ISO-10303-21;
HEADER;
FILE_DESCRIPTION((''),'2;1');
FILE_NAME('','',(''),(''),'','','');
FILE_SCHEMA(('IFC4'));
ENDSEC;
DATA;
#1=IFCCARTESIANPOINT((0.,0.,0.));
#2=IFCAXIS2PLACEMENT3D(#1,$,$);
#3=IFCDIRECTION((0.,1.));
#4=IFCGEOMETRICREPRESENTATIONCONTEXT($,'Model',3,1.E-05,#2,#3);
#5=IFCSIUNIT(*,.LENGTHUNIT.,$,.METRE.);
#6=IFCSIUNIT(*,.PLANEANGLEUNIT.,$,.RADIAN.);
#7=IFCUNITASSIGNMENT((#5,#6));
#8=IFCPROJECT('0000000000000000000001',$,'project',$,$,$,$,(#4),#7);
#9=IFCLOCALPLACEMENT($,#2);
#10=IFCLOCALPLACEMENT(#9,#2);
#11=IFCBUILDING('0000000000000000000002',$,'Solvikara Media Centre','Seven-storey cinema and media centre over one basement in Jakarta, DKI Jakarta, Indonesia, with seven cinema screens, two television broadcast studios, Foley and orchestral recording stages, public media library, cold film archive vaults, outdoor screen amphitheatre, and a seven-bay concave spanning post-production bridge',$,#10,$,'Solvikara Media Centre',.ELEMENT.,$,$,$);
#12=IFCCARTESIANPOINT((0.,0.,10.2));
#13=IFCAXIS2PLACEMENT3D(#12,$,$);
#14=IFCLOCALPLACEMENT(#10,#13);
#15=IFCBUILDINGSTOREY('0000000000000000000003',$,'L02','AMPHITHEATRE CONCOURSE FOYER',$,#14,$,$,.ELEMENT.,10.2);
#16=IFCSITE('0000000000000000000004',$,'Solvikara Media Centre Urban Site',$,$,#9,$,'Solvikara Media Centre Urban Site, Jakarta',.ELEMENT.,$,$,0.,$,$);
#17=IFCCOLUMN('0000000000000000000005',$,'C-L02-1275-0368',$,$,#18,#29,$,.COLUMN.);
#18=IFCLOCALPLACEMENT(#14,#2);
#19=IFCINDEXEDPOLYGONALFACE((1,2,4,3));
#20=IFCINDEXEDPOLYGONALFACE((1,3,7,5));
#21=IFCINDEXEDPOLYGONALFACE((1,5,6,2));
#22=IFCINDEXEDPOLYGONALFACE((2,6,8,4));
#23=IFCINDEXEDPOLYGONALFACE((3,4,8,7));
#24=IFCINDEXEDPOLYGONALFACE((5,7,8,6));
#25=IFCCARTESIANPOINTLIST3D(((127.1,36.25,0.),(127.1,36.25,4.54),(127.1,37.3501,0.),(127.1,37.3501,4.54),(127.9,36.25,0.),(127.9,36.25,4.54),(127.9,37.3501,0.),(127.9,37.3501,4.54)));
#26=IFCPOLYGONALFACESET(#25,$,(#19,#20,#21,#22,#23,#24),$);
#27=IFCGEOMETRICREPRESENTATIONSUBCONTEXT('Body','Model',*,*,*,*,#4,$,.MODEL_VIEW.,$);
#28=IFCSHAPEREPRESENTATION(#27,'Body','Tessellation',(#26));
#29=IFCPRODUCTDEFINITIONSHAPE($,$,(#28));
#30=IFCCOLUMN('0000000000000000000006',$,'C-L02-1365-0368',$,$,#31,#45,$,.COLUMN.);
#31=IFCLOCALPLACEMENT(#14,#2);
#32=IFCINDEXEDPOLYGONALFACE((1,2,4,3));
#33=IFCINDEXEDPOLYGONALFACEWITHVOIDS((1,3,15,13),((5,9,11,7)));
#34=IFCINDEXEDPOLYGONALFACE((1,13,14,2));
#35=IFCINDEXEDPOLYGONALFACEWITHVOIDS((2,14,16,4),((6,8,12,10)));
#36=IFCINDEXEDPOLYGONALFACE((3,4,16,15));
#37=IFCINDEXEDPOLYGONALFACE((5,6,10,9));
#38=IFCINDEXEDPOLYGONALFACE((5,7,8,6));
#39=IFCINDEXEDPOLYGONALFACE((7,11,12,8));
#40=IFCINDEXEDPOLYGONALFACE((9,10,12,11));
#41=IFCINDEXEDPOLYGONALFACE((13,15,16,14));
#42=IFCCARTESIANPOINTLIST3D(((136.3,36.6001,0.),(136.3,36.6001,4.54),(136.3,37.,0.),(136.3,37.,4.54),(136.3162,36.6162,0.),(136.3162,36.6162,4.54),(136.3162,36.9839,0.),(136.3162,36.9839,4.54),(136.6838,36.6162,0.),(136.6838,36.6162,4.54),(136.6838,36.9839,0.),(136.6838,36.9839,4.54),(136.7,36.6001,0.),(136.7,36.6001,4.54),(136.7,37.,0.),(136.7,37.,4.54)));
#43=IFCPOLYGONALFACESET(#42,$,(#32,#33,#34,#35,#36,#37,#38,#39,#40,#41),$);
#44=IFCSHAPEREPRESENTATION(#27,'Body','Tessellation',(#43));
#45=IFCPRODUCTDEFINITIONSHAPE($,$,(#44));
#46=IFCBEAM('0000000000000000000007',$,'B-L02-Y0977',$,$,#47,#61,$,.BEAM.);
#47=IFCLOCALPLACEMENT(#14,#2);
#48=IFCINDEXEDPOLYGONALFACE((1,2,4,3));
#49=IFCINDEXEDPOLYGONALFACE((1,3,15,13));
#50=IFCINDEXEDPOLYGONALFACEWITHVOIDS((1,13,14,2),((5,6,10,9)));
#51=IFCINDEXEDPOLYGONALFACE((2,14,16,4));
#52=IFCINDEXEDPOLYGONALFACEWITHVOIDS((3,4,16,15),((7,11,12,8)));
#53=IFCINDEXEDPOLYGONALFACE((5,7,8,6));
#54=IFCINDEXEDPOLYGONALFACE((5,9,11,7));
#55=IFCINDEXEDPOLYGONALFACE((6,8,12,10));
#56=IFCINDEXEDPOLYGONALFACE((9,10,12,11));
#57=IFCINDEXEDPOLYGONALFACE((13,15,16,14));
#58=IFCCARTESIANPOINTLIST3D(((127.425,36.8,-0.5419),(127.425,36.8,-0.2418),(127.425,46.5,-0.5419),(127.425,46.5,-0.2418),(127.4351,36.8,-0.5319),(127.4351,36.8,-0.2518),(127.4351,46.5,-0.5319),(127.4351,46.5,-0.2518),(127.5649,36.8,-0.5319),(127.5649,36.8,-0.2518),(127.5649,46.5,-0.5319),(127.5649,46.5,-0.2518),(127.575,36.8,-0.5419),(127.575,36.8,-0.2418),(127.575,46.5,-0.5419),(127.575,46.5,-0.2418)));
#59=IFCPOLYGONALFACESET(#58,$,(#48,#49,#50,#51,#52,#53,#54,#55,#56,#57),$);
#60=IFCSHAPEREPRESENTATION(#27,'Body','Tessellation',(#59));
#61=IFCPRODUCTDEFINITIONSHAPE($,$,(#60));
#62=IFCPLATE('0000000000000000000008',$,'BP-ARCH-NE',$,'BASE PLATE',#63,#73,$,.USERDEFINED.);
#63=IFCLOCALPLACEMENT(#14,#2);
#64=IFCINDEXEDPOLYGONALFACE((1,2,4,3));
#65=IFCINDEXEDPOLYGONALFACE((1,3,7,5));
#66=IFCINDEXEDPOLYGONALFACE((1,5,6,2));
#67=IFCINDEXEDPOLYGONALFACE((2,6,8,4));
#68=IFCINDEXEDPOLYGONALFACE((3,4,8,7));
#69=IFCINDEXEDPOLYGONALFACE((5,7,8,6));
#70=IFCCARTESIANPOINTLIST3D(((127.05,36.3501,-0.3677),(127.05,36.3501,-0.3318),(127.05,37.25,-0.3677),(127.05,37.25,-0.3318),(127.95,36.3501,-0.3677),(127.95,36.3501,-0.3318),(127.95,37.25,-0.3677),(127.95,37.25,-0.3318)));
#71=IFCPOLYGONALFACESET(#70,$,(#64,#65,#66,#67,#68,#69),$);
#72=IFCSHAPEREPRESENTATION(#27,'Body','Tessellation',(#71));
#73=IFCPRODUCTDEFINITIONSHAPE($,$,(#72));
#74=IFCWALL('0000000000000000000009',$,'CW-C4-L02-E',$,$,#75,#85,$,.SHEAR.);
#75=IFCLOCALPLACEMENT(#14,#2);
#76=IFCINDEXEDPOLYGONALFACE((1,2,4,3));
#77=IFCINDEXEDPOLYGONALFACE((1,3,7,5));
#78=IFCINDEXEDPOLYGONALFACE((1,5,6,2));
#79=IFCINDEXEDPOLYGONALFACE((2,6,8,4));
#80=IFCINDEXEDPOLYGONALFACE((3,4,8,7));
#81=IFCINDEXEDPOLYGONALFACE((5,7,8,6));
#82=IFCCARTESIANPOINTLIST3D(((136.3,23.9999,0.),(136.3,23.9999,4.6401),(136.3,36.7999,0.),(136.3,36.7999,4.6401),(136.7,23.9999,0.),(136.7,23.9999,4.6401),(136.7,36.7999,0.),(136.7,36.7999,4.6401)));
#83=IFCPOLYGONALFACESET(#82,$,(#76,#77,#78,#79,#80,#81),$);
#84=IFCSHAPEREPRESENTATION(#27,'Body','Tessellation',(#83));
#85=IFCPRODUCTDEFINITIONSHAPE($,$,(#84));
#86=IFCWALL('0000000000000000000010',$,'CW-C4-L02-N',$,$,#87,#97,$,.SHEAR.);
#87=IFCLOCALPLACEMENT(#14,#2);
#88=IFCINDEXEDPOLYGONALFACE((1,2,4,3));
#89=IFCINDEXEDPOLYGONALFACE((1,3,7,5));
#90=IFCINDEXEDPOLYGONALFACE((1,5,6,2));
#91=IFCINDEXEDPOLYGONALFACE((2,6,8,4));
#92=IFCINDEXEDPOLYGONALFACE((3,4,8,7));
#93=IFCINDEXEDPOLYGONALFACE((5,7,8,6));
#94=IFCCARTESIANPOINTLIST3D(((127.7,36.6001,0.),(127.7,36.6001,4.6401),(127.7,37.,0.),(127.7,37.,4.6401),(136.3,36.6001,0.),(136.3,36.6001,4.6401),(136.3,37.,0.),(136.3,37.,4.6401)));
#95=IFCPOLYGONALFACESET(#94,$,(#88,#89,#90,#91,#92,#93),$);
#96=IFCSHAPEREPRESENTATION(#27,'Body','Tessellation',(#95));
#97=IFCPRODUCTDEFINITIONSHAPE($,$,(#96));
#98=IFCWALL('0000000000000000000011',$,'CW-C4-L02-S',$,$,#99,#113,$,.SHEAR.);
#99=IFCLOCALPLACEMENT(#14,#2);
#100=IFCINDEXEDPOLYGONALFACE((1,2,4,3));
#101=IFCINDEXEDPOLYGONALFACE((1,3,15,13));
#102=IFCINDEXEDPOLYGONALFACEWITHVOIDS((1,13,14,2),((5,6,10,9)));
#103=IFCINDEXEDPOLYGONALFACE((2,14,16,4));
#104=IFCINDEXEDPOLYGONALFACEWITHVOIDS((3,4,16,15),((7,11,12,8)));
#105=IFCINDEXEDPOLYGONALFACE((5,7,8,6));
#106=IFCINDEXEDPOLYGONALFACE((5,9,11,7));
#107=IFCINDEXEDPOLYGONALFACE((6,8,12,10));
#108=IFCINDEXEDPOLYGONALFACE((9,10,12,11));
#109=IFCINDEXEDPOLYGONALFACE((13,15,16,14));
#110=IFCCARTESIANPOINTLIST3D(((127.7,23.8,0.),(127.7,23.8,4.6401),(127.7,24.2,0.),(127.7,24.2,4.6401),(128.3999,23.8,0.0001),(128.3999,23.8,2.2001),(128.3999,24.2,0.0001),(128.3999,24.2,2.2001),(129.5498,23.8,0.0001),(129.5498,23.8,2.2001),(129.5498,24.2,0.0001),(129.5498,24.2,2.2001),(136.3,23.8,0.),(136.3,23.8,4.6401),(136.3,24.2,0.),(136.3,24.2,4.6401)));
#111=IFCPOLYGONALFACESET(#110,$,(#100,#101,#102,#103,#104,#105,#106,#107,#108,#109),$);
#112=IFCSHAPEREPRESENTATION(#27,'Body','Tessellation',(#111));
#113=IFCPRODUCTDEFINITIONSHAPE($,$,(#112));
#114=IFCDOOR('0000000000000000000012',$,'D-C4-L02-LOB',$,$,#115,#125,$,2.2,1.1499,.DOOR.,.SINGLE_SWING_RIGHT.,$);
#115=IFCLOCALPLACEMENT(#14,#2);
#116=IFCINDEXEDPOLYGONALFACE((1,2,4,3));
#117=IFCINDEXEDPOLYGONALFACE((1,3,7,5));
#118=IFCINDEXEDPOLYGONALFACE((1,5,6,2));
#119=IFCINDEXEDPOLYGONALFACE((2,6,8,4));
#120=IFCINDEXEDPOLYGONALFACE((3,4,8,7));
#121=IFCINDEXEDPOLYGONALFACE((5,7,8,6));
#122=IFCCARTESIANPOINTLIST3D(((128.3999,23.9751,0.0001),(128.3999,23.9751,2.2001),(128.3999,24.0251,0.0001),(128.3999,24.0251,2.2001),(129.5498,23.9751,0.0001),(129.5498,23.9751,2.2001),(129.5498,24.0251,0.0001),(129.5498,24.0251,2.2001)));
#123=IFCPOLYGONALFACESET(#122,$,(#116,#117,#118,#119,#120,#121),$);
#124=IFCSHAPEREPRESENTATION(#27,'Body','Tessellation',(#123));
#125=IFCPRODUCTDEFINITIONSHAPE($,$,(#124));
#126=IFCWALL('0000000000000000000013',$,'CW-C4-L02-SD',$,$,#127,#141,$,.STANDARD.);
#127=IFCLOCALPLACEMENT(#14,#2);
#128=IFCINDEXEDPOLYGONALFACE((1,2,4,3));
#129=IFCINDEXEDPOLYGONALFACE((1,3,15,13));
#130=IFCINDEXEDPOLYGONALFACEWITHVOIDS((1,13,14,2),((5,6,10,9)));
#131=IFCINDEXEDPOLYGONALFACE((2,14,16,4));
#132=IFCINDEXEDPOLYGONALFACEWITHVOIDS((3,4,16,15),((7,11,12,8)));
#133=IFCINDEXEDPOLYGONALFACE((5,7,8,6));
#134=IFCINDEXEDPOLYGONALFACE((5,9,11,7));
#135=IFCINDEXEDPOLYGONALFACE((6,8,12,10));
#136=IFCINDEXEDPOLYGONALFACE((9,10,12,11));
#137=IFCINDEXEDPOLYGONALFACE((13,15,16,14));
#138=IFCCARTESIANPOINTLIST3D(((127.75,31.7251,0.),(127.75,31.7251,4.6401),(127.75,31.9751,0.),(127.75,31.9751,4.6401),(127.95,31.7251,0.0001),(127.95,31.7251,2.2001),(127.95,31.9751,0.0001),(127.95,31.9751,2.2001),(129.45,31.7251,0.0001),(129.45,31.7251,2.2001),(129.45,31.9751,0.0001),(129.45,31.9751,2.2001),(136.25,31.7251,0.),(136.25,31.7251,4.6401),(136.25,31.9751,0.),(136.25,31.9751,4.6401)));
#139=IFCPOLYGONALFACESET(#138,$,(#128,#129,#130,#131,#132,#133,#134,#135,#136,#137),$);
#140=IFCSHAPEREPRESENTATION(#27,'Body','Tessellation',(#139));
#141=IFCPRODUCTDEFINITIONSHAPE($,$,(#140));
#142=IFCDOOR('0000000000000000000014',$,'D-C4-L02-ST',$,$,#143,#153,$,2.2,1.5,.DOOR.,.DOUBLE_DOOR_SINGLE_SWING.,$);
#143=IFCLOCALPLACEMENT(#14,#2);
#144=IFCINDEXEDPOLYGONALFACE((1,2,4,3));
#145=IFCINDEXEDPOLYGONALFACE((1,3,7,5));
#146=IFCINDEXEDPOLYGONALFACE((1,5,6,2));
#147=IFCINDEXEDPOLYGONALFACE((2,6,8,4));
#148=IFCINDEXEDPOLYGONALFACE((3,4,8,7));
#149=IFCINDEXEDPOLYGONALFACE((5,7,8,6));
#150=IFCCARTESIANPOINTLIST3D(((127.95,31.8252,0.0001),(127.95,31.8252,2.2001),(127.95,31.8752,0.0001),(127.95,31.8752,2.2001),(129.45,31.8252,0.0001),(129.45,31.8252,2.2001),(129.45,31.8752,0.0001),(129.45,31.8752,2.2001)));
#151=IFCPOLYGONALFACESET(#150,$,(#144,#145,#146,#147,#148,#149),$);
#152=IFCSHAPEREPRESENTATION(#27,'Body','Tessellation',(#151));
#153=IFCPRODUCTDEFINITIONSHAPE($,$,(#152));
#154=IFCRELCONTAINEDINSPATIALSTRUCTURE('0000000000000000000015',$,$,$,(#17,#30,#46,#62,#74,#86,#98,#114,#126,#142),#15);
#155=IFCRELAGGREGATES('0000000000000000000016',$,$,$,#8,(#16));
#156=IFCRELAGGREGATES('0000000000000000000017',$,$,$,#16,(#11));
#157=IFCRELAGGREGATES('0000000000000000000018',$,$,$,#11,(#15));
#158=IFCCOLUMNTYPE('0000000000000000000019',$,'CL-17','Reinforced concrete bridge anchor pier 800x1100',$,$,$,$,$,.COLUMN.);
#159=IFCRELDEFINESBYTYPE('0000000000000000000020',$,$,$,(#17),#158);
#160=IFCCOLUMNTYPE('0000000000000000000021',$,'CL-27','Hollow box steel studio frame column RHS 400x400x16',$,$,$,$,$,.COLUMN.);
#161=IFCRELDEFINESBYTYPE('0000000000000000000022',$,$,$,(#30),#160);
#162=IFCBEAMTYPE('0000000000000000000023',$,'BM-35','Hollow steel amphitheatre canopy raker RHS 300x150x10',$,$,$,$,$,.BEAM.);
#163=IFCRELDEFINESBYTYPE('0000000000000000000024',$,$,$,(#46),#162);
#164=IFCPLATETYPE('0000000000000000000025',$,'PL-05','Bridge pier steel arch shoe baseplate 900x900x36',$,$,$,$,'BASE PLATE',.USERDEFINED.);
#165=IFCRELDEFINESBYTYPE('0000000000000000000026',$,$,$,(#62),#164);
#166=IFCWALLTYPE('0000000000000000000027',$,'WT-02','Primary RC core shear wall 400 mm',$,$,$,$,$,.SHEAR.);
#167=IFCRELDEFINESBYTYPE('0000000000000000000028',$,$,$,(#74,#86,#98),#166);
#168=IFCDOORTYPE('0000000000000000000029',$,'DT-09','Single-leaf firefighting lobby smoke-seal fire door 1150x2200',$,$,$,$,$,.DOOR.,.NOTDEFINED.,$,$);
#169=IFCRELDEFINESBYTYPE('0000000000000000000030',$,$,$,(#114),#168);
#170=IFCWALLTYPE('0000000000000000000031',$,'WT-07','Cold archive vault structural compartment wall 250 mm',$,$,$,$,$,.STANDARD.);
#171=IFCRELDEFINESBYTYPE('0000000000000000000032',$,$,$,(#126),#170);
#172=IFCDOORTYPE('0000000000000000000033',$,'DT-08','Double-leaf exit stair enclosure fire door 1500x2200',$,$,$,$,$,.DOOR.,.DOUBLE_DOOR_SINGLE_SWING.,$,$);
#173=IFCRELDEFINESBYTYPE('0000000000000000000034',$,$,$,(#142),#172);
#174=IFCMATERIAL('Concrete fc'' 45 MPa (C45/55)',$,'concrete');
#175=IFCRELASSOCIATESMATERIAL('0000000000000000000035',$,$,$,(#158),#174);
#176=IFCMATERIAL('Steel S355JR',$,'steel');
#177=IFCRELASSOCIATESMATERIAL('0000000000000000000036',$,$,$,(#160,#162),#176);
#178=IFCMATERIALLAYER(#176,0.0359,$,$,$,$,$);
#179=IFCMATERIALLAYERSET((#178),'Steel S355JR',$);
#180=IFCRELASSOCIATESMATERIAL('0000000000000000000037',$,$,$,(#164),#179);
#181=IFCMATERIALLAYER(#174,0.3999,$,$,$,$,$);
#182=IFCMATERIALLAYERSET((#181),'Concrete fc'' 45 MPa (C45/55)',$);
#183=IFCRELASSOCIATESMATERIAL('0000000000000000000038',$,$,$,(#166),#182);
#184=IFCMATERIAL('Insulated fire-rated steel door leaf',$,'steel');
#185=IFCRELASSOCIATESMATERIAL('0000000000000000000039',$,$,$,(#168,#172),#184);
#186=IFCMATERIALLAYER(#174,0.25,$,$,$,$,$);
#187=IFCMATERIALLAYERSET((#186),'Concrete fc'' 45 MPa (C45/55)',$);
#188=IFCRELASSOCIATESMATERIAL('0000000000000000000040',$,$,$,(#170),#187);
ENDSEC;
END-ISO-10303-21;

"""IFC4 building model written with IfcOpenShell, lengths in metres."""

from ifc_helpers import new_model, si_unit, direction, frame, frame_2d, origin, origin_2d, place, context, subcontext, project, spatial, rectangle, hollow_rectangle, extrude, material, layer, layer_set, material_profile, profile_set, type_object, element, fill, save


model = new_model("IFC4")

# Units and contexts
model_context = context("Model", 3, precision=1e-05, world=origin(), true_north=direction((0.0, 1.0)))
body_context = subcontext(model_context, "Body", "Model", "MODEL_VIEW")
ifc_project = project(units=[si_unit("LENGTHUNIT", "METRE"), si_unit("PLANEANGLEUNIT", "RADIAN")], contexts=[model_context])

# Site, building, storey
site_placement = place(None, origin())
site = spatial("IfcSite", under=ifc_project, at=site_placement, Name="Solvikara Media Centre Urban Site", LongName="Solvikara Media Centre Urban Site, Jakarta", CompositionType="ELEMENT", RefElevation=0.0)
building_placement = place(site_placement, origin())
building = spatial("IfcBuilding", under=site, at=building_placement, Name="Solvikara Media Centre", Description="Seven-storey cinema and media centre over one basement in Jakarta, DKI Jakarta, Indonesia, with seven cinema screens, two television broadcast studios, Foley and orchestral recording stages, public media library, cold film archive vaults, outdoor screen amphitheatre, and a seven-bay concave spanning post-production bridge", LongName="Solvikara Media Centre", CompositionType="ELEMENT")
storey_placement = place(building_placement, frame((0.0, 0.0, 10.2)))
storey = spatial("IfcBuildingStorey", under=building, at=storey_placement, Name="L02", Description="AMPHITHEATRE CONCOURSE FOYER", CompositionType="ELEMENT", Elevation=10.2)

# Columns
ifc_material_1 = material(Name="Concrete fc' 45 MPa (C45/55)", Category="concrete")
ifc_material_profile_1 = material_profile(ifc_material_1, rectangle(XDim=0.8, YDim=1.1001, at=origin_2d()), Name="RC 800x1100")
ifc_profile_set_1 = profile_set([ifc_material_profile_1], Name="Concrete fc' 45 MPa (C45/55)")
column_type_1 = type_object("IfcColumnType", Name="CL-17", Description="Reinforced concrete bridge anchor pier 800x1100", PredefinedType="COLUMN", material=ifc_profile_set_1)
column_1_placement = place(storey_placement, frame((127.5, 36.8, 0.0), z_axis=(0.0, 0.0, 1.0), x_axis=(1.0, 0.0, 0.0)))
element("IfcColumn", 1, at=column_1_placement, inside=storey, type_object=column_type_1, Name="C-L02-1275-0368", PredefinedType="COLUMN", context=body_context, shape_type="SweptSolid", body=[
    extrude(rectangle(XDim=0.8, YDim=1.1001, at=origin_2d()), origin(), (0.0, 0.0, 1.0), 4.54),
])
ifc_material_2 = material(Name="Steel S355JR", Category="steel")
ifc_material_profile_2 = material_profile(ifc_material_2, hollow_rectangle(XDim=0.3999, YDim=0.3999, WallThickness=0.0161, at=origin_2d()), Name="RHS 400x400x16")
ifc_profile_set_2 = profile_set([ifc_material_profile_2], Name="Steel S355JR")
column_type_2 = type_object("IfcColumnType", Name="CL-27", Description="Hollow box steel studio frame column RHS 400x400x16", PredefinedType="COLUMN", material=ifc_profile_set_2)
column_2_placement = place(storey_placement, frame((136.5, 36.8, 0.0), z_axis=(0.0, 0.0, 1.0), x_axis=(1.0, 0.0, 0.0)))
element("IfcColumn", 2, at=column_2_placement, inside=storey, type_object=column_type_2, Name="C-L02-1365-0368", PredefinedType="COLUMN", context=body_context, shape_type="SweptSolid", body=[
    extrude(hollow_rectangle(XDim=0.3999, YDim=0.3999, WallThickness=0.0161, at=origin_2d()), origin(), (0.0, 0.0, 1.0), 4.54),
])

# Beam
ifc_material_profile_3 = material_profile(ifc_material_2, hollow_rectangle(XDim=0.1499, YDim=0.3, WallThickness=0.01, at=origin_2d()), Name="RHS 300x150x10")
ifc_profile_set_3 = profile_set([ifc_material_profile_3], Name="Steel S355JR")
beam_type = type_object("IfcBeamType", Name="BM-35", Description="Hollow steel amphitheatre canopy raker RHS 300x150x10", PredefinedType="BEAM", material=ifc_profile_set_3)
beam_placement = place(storey_placement, frame((127.5, 36.8, -0.3918), z_axis=(0.0, 1.0, 0.0), x_axis=(-1.0, 0.0, 0.0)))
element("IfcBeam", 3, at=beam_placement, inside=storey, type_object=beam_type, Name="B-L02-Y0977", PredefinedType="BEAM", context=body_context, shape_type="SweptSolid", body=[
    extrude(hollow_rectangle(XDim=0.1499, YDim=0.3, WallThickness=0.01, at=origin_2d()), origin(), (0.0, 0.0, 1.0), 9.7),
])

# Plate
ifc_layer_1 = layer(ifc_material_2, 0.0359)
ifc_layer_set_1 = layer_set([ifc_layer_1], Name="Steel S355JR")
plate_type = type_object("IfcPlateType", Name="PL-05", Description="Bridge pier steel arch shoe baseplate 900x900x36", ElementType="BASE PLATE", PredefinedType="USERDEFINED", material=ifc_layer_set_1)
plate_placement = place(storey_placement, frame((127.5, 36.8, -0.3677), z_axis=(0.0, 0.0, 1.0), x_axis=(1.0, 0.0, 0.0)))
element("IfcPlate", 4, at=plate_placement, inside=storey, type_object=plate_type, Name="BP-ARCH-NE", ObjectType="BASE PLATE", PredefinedType="USERDEFINED", context=body_context, shape_type="SweptSolid", body=[
    extrude(rectangle(XDim=0.8999, YDim=0.8999, at=origin_2d()), origin(), (0.0, 0.0, 1.0), 0.0359),
])

# Walls
ifc_layer_2 = layer(ifc_material_1, 0.3999)
ifc_layer_set_2 = layer_set([ifc_layer_2], Name="Concrete fc' 45 MPa (C45/55)")
wall_type_1 = type_object("IfcWallType", Name="WT-02", Description="Primary RC core shear wall 400 mm", PredefinedType="SHEAR", material=ifc_layer_set_2)
wall_1_placement = place(storey_placement, frame((136.5, 24.0, 0.0), z_axis=(0.0, 0.0, 1.0), x_axis=(0.0, 1.0, 0.0)))
element("IfcWall", 5, at=wall_1_placement, inside=storey, type_object=wall_type_1, Name="CW-C4-L02-E", PredefinedType="SHEAR", context=body_context, shape_type="SweptSolid", body=[
    extrude(rectangle(XDim=12.8, YDim=0.3999, at=frame_2d((6.3999, 0.0))), origin(), (0.0, 0.0, 1.0), 4.6401),
])
wall_2_placement = place(storey_placement, frame((127.7, 36.8, 0.0), z_axis=(0.0, 0.0, 1.0), x_axis=(1.0, 0.0, 0.0)))
element("IfcWall", 6, at=wall_2_placement, inside=storey, type_object=wall_type_1, Name="CW-C4-L02-N", PredefinedType="SHEAR", context=body_context, shape_type="SweptSolid", body=[
    extrude(rectangle(XDim=8.6001, YDim=0.3999, at=frame_2d((4.3, 0.0))), origin(), (0.0, 0.0, 1.0), 4.6401),
])

# Walls, openings, doors
wall_3_placement = place(storey_placement, frame((127.7, 24.0, 0.0), z_axis=(0.0, 0.0, 1.0), x_axis=(1.0, 0.0, 0.0)))
wall_3 = element("IfcWall", 7, at=wall_3_placement, inside=storey, type_object=wall_type_1, Name="CW-C4-L02-S", PredefinedType="SHEAR", context=body_context, shape_type="SweptSolid", body=[
    extrude(rectangle(XDim=8.6001, YDim=0.3999, at=frame_2d((4.3, 0.0))), origin(), (0.0, 0.0, 1.0), 4.6401),
])
opening_1_placement = place(wall_3_placement, frame((0.7, 0.0, 0.0)))
opening_1 = element("IfcOpeningElement", 8, at=opening_1_placement, cuts=wall_3, PredefinedType="OPENING", context=body_context, shape_type="SweptSolid", body=[
    extrude(rectangle(XDim=1.1499, YDim=2.2, at=frame_2d((0.575, 1.1001))), frame((0.0, 0.2119, 0.0), z_axis=(0.0, -1.0, 0.0), x_axis=(1.0, 0.0, 0.0)), (0.0, 0.0, 1.0), 0.4238),
])
ifc_material_3 = material(Name="Insulated fire-rated steel door leaf", Category="steel")
door_type_1 = type_object("IfcDoorType", Name="DT-09", Description="Single-leaf firefighting lobby smoke-seal fire door 1150x2200", OperationType="NOTDEFINED", PredefinedType="DOOR", material=ifc_material_3)
door_1_placement = place(opening_1_placement, frame((1.1499, 0.0, 0.0), z_axis=(0.0, 0.0, 1.0), x_axis=(-1.0, 0.0, 0.0)))
door_1 = element("IfcDoor", 9, at=door_1_placement, inside=storey, type_object=door_type_1, Name="D-C4-L02-LOB", OperationType="SINGLE_SWING_RIGHT", OverallHeight=2.2, OverallWidth=1.1499, PredefinedType="DOOR", context=body_context, shape_type="SweptSolid", body=[
    extrude(rectangle(XDim=1.1499, YDim=2.2, at=frame_2d((0.575, 1.1001))), frame((0.0, 0.0249, 0.0), z_axis=(0.0, -1.0, 0.0), x_axis=(1.0, 0.0, 0.0)), (0.0, 0.0, 1.0), 0.05),
])
fill(opening_1, door_1)
ifc_layer_3 = layer(ifc_material_1, 0.25)
ifc_layer_set_3 = layer_set([ifc_layer_3], Name="Concrete fc' 45 MPa (C45/55)")
wall_type_2 = type_object("IfcWallType", Name="WT-07", Description="Cold archive vault structural compartment wall 250 mm", PredefinedType="STANDARD", material=ifc_layer_set_3)
wall_4_placement = place(storey_placement, frame((127.75, 31.8501, 0.0), z_axis=(0.0, 0.0, 1.0), x_axis=(1.0, 0.0, 0.0)))
wall_4 = element("IfcWall", 10, at=wall_4_placement, inside=storey, type_object=wall_type_2, Name="CW-C4-L02-SD", PredefinedType="STANDARD", context=body_context, shape_type="SweptSolid", body=[
    extrude(rectangle(XDim=8.5, YDim=0.25, at=frame_2d((4.25, 0.0))), origin(), (0.0, 0.0, 1.0), 4.6401),
])
opening_2_placement = place(wall_4_placement, frame((0.2, 0.0, 0.0)))
opening_2 = element("IfcOpeningElement", 11, at=opening_2_placement, cuts=wall_4, PredefinedType="OPENING", context=body_context, shape_type="SweptSolid", body=[
    extrude(rectangle(XDim=1.5, YDim=2.2, at=frame_2d((0.75, 1.1001))), frame((0.0, 0.137, 0.0), z_axis=(0.0, -1.0, 0.0), x_axis=(1.0, 0.0, 0.0)), (0.0, 0.0, 1.0), 0.2739),
])
door_type_2 = type_object("IfcDoorType", Name="DT-08", Description="Double-leaf exit stair enclosure fire door 1500x2200", OperationType="DOUBLE_DOOR_SINGLE_SWING", PredefinedType="DOOR", material=ifc_material_3)
door_2_placement = place(opening_2_placement, frame((1.5, 0.0, 0.0), z_axis=(0.0, 0.0, 1.0), x_axis=(-1.0, 0.0, 0.0)))
door_2 = element("IfcDoor", 12, at=door_2_placement, inside=storey, type_object=door_type_2, Name="D-C4-L02-ST", OperationType="DOUBLE_DOOR_SINGLE_SWING", OverallHeight=2.2, OverallWidth=1.5, PredefinedType="DOOR", context=body_context, shape_type="SweptSolid", body=[
    extrude(rectangle(XDim=1.5, YDim=2.2, at=frame_2d((0.75, 1.1001))), frame((0.0, 0.0249, 0.0), z_axis=(0.0, -1.0, 0.0), x_axis=(1.0, 0.0, 0.0)), (0.0, 0.0, 1.0), 0.05),
])
fill(opening_2, door_2)

save(model, "model.ifc")
